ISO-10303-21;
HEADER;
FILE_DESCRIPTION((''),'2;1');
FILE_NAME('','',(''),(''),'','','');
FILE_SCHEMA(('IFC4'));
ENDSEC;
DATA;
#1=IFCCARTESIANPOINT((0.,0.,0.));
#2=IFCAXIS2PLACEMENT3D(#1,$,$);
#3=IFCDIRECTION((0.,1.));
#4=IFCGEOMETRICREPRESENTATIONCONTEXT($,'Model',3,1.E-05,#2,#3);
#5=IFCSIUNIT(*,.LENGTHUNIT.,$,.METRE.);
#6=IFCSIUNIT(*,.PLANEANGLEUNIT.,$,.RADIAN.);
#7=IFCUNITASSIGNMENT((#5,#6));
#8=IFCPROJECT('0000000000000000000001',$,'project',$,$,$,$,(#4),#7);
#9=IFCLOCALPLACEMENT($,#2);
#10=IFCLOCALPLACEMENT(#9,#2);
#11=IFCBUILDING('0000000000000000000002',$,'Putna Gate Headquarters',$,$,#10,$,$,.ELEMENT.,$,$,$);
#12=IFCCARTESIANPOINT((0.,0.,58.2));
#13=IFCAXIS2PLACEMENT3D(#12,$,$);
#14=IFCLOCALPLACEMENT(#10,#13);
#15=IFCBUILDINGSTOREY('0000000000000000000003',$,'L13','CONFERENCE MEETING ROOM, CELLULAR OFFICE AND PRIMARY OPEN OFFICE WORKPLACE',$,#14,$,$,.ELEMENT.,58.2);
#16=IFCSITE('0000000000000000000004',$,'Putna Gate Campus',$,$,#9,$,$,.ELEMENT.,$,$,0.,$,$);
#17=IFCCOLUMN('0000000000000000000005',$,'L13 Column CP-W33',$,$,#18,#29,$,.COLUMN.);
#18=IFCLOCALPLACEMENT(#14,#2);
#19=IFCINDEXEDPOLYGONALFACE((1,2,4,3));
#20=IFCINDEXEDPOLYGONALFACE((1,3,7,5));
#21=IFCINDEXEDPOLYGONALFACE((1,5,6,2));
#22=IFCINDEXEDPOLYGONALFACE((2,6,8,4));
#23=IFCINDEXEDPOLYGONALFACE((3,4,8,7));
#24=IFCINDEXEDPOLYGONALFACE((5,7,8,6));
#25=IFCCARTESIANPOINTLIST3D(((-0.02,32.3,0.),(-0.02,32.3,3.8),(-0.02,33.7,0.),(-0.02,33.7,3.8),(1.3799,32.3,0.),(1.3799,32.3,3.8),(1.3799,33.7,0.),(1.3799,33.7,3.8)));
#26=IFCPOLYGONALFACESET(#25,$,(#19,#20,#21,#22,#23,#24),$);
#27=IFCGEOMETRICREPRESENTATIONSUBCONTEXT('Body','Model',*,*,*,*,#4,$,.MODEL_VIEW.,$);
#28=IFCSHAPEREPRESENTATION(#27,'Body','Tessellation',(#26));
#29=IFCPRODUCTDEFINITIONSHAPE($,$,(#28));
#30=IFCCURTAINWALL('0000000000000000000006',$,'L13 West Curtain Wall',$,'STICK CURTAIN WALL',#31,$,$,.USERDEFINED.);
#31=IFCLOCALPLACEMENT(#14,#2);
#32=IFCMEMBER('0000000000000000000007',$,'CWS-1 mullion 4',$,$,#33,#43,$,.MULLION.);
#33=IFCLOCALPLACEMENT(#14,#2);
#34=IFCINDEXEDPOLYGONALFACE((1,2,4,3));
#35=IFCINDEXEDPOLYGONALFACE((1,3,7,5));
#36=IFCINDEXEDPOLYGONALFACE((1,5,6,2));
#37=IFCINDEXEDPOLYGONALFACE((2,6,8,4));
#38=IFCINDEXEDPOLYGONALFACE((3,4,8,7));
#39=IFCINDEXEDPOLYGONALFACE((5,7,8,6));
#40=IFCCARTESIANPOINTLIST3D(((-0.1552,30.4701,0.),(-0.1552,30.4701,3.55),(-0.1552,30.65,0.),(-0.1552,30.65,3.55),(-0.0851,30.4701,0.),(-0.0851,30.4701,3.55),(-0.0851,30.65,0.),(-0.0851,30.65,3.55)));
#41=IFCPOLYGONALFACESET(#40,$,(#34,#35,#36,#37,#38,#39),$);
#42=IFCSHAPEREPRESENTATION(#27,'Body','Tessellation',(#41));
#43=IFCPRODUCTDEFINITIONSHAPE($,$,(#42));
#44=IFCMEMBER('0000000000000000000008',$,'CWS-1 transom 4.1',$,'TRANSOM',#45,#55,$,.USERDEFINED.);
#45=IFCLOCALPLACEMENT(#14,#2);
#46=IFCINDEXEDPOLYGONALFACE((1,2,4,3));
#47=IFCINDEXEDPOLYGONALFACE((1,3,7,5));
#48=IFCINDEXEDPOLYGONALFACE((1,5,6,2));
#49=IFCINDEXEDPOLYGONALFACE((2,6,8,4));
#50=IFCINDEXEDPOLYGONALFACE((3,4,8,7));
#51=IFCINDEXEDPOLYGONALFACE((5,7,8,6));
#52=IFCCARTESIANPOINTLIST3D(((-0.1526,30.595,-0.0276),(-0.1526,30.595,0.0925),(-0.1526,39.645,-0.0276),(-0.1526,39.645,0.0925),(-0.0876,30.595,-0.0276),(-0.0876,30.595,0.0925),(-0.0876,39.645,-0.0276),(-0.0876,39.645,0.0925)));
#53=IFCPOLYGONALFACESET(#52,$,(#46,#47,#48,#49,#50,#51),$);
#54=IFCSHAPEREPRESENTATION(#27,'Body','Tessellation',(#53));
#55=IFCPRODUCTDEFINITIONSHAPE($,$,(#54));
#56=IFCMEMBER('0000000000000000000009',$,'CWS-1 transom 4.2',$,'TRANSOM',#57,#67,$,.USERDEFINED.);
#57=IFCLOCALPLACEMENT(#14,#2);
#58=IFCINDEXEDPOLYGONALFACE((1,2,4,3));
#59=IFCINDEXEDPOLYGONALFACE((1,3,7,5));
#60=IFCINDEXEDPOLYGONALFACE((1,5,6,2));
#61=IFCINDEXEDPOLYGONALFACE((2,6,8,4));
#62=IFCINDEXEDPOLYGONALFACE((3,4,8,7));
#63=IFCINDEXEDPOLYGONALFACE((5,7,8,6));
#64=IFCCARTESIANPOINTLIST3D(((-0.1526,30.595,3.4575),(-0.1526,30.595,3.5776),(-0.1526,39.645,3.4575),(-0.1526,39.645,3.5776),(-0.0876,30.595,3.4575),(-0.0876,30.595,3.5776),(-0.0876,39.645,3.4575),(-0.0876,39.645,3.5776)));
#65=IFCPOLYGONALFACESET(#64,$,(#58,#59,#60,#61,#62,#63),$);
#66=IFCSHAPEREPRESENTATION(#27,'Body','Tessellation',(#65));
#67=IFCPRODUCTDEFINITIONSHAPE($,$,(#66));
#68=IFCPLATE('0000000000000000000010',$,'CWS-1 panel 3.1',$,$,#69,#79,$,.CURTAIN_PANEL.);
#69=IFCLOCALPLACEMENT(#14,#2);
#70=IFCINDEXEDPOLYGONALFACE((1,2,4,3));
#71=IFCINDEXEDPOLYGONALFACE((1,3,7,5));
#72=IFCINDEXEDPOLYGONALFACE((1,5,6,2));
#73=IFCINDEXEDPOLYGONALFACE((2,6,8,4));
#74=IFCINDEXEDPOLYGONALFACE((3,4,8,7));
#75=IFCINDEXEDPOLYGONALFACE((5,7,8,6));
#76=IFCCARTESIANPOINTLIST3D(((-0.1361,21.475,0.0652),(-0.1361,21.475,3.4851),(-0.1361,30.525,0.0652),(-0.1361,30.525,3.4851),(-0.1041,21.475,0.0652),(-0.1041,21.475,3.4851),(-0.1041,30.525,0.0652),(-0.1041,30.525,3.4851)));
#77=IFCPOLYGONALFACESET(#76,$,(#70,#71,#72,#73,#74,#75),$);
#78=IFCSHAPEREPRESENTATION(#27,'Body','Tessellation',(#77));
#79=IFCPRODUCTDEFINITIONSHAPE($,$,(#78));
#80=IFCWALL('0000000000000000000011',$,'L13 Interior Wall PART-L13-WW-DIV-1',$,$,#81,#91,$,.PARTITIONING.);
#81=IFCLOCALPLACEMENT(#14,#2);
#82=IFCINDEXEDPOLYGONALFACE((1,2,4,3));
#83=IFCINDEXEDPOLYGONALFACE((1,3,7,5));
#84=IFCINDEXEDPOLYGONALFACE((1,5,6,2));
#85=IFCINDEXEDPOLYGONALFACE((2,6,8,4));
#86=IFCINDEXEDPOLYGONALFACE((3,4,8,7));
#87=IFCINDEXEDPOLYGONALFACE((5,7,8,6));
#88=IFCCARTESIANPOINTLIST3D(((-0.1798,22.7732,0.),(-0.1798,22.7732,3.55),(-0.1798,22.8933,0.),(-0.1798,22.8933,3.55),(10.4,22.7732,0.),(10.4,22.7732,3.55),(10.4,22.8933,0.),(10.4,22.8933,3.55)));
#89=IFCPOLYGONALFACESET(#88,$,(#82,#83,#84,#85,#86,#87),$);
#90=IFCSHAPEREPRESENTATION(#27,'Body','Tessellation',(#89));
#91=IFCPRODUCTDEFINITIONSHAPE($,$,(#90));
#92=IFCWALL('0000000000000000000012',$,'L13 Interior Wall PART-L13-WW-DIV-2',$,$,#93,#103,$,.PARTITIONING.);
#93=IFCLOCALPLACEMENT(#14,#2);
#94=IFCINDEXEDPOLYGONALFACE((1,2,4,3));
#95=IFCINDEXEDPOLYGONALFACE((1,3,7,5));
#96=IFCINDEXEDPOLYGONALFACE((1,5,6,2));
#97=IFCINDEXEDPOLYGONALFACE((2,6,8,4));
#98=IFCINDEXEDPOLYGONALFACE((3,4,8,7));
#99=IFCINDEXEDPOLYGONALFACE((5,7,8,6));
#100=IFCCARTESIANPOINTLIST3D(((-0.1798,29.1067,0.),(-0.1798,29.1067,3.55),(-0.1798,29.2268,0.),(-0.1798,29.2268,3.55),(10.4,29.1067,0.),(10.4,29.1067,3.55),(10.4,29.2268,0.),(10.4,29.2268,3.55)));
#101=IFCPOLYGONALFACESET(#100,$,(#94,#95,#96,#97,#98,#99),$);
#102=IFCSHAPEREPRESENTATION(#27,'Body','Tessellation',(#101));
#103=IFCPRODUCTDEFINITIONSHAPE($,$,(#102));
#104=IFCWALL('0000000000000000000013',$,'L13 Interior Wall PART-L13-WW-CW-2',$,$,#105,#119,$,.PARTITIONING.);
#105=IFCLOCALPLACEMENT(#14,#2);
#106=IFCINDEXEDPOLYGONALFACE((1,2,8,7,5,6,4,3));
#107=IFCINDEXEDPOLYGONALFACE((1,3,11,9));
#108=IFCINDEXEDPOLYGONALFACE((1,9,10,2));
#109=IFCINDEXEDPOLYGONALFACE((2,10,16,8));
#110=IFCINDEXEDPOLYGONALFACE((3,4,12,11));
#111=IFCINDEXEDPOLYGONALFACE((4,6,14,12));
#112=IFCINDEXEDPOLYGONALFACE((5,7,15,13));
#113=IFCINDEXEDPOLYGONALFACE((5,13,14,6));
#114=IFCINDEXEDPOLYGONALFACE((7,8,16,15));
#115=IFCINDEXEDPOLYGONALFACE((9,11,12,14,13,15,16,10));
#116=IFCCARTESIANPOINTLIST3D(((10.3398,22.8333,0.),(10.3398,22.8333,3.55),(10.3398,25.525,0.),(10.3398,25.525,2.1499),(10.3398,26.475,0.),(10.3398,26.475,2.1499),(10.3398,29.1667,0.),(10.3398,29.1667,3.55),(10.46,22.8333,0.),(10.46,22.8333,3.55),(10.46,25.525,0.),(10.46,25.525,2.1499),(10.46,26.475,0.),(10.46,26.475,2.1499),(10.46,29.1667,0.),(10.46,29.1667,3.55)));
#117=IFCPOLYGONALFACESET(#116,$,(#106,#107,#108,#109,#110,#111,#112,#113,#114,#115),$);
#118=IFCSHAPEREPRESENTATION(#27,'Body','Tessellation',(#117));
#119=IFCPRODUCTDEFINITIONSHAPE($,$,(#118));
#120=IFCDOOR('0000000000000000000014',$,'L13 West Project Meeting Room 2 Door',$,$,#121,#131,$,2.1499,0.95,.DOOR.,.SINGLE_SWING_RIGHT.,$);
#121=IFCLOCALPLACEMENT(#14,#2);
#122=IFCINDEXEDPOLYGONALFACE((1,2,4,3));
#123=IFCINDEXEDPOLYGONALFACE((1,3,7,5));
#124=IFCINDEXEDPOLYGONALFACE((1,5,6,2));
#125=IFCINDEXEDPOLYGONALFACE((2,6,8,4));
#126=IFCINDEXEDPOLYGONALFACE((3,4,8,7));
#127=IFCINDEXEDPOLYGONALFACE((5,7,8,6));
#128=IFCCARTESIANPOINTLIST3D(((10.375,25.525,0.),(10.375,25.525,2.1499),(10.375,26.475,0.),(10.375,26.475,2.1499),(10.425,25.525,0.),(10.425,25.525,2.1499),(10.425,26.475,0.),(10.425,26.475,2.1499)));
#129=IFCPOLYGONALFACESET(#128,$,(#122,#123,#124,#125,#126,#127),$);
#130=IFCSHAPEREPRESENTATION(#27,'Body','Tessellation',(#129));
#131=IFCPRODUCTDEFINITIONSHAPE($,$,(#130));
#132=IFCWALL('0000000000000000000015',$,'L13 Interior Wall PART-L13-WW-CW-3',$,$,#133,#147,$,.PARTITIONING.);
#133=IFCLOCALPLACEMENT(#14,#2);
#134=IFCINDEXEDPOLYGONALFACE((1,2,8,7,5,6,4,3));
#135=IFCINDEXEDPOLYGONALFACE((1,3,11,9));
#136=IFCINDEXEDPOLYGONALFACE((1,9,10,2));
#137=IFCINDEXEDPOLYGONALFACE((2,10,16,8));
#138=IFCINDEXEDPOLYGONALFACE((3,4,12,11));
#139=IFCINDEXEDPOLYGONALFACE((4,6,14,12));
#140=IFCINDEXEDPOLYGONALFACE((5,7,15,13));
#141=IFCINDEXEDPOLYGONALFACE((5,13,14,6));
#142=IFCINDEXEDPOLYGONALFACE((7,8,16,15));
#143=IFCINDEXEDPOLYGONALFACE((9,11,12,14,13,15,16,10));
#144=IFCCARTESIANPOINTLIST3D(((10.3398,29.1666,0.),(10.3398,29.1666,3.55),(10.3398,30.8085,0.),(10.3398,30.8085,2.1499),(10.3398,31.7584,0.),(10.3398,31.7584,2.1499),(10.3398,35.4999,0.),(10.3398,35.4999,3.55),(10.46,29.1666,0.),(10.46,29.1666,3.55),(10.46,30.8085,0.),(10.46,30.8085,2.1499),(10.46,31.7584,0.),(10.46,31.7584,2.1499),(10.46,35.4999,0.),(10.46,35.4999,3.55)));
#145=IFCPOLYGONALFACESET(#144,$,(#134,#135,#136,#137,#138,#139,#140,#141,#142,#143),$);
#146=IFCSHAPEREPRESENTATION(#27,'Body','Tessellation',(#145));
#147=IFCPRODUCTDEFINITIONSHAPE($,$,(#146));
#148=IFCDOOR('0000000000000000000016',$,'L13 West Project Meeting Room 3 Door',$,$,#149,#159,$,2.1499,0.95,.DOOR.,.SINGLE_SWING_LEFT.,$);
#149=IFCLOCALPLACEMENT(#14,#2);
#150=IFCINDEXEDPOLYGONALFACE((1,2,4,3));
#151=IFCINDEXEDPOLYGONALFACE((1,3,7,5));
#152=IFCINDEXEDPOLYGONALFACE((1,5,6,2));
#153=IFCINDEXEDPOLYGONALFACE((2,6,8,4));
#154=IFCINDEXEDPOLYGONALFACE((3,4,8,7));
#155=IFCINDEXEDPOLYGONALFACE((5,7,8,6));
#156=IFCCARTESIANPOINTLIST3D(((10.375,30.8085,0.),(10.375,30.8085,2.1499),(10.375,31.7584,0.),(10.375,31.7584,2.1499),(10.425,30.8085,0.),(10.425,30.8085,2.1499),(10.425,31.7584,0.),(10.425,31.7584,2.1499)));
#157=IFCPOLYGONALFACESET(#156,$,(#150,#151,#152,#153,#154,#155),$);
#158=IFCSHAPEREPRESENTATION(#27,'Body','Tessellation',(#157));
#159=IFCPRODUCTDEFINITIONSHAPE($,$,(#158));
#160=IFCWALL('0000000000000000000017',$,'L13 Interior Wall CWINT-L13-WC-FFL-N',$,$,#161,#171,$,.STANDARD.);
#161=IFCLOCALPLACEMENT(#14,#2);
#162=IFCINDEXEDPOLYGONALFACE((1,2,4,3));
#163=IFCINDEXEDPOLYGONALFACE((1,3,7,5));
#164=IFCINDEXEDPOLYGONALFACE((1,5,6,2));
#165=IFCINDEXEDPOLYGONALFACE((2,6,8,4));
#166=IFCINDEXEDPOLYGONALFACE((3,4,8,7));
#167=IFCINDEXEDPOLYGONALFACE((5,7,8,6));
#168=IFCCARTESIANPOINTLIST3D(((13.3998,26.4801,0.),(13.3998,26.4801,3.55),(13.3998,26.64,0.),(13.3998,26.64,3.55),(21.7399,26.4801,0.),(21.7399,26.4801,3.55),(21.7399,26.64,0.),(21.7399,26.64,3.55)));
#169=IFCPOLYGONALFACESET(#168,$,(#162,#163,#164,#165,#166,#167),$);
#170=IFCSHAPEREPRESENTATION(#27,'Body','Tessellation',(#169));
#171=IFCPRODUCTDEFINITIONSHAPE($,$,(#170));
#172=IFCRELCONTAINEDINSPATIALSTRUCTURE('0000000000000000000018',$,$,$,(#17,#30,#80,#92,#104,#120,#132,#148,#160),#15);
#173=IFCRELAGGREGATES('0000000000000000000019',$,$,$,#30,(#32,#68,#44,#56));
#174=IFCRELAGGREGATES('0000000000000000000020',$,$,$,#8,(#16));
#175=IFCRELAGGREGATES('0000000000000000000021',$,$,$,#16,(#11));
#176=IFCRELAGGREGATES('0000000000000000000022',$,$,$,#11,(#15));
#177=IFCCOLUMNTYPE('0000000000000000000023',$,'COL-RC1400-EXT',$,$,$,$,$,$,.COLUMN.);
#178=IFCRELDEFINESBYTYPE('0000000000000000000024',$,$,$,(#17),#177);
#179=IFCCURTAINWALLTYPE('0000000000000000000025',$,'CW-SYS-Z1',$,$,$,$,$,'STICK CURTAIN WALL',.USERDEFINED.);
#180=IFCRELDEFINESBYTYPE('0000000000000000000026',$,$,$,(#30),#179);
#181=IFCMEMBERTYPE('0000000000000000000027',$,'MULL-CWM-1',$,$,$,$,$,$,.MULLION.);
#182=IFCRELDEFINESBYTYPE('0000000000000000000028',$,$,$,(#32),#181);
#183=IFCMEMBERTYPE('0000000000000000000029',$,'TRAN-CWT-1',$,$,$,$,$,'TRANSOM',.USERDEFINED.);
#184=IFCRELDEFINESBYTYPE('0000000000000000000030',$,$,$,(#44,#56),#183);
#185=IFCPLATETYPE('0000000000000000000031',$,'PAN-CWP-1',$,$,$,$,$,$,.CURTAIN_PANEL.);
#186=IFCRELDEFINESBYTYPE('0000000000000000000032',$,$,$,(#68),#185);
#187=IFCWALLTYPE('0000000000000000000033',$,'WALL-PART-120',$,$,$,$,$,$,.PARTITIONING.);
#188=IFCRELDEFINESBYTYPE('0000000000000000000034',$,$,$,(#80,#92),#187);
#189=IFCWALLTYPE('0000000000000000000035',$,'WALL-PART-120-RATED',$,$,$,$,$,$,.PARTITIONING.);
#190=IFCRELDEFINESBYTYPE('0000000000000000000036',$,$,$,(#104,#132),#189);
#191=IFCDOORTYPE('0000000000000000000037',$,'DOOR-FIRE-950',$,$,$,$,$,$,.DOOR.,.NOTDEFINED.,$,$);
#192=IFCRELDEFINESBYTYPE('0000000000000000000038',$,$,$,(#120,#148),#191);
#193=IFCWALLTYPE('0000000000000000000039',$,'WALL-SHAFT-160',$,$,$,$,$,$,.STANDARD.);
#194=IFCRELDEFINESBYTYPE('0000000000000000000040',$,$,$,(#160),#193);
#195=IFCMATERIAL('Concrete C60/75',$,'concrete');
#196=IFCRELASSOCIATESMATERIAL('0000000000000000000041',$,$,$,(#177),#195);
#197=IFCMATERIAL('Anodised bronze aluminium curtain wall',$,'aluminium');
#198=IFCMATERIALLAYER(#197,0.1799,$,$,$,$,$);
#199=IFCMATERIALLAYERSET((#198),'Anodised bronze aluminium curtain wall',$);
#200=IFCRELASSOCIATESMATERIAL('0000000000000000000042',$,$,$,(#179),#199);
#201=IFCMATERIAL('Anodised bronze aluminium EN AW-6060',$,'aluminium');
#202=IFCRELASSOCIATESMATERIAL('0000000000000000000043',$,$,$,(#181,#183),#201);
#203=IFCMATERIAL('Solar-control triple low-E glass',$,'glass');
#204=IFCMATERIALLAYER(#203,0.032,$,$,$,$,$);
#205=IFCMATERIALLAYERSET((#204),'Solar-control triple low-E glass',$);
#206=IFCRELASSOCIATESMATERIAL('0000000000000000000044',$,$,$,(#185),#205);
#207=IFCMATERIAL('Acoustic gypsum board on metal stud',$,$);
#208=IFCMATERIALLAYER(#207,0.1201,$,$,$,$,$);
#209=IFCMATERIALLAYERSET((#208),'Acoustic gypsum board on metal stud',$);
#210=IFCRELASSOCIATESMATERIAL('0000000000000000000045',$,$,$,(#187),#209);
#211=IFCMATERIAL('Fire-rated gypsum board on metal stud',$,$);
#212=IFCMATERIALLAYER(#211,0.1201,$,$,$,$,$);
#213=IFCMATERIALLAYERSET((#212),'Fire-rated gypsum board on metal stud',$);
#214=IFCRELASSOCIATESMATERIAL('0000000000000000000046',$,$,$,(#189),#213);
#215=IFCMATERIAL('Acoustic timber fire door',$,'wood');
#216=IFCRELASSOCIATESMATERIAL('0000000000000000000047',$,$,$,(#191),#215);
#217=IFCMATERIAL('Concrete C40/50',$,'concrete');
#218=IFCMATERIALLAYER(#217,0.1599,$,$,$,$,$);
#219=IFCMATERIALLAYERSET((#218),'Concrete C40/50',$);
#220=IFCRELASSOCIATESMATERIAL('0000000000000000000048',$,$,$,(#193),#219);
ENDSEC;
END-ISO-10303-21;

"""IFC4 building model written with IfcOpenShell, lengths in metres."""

from ifc_helpers import new_model, si_unit, direction, frame, frame_2d, origin, origin_2d, place, context, subcontext, project, spatial, rectangle, extrude, material, layer, layer_set, material_profile, profile_set, type_object, element, fill, aggregate, save


model = new_model("IFC4")

# Units and contexts
model_context = context("Model", 3, precision=1e-05, world=origin(), true_north=direction((0.0, 1.0)))
body_context = subcontext(model_context, "Body", "Model", "MODEL_VIEW")
ifc_project = project(units=[si_unit("LENGTHUNIT", "METRE"), si_unit("PLANEANGLEUNIT", "RADIAN")], contexts=[model_context])

# Site, building, storey
site_placement = place(None, origin())
site = spatial("IfcSite", under=ifc_project, at=site_placement, Name="Putna Gate Campus", CompositionType="ELEMENT", RefElevation=0.0)
building_placement = place(site_placement, origin())
building = spatial("IfcBuilding", under=site, at=building_placement, Name="Putna Gate Headquarters", CompositionType="ELEMENT")
storey_placement = place(building_placement, frame((0.0, 0.0, 58.2)))
storey = spatial("IfcBuildingStorey", under=building, at=storey_placement, Name="L13", Description="CONFERENCE MEETING ROOM, CELLULAR OFFICE AND PRIMARY OPEN OFFICE WORKPLACE", CompositionType="ELEMENT", Elevation=58.2)

# Column
ifc_material_1 = material(Name="Concrete C60/75", Category="concrete")
ifc_material_profile_1 = material_profile(ifc_material_1, rectangle(XDim=1.3999, YDim=1.3999, at=origin_2d()), Name="Concrete C60/75")
ifc_profile_set_1 = profile_set([ifc_material_profile_1], Name="Concrete C60/75")
column_type = type_object("IfcColumnType", Name="COL-RC1400-EXT", PredefinedType="COLUMN", material=ifc_profile_set_1)
column_placement = place(storey_placement, frame((0.6799, 33.0, 0.0), z_axis=(0.0, 0.0, 1.0), x_axis=(1.0, 0.0, 0.0)))
element("IfcColumn", 1, at=column_placement, inside=storey, type_object=column_type, Name="L13 Column CP-W33", PredefinedType="COLUMN", context=body_context, shape_type="SweptSolid", body=[
    extrude(rectangle(XDim=1.3999, YDim=1.3999, at=origin_2d()), origin(), (0.0, 0.0, 1.0), 3.8),
])

# Curtain wall, members, plate
ifc_material_2 = material(Name="Anodised bronze aluminium curtain wall", Category="aluminium")
ifc_layer_1 = layer(ifc_material_2, 0.1799)
ifc_layer_set_1 = layer_set([ifc_layer_1], Name="Anodised bronze aluminium curtain wall")
curtain_wall_type = type_object("IfcCurtainWallType", Name="CW-SYS-Z1", ElementType="STICK CURTAIN WALL", PredefinedType="USERDEFINED", material=ifc_layer_set_1)
curtain_wall_placement = place(storey_placement, origin())
curtain_wall = element("IfcCurtainWall", 2, at=curtain_wall_placement, inside=storey, type_object=curtain_wall_type, Name="L13 West Curtain Wall", ObjectType="STICK CURTAIN WALL", PredefinedType="USERDEFINED")
ifc_material_3 = material(Name="Anodised bronze aluminium EN AW-6060", Category="aluminium")
ifc_material_profile_2 = material_profile(ifc_material_3, rectangle(XDim=0.0701, YDim=0.1799, at=origin_2d()), Name="Anodised bronze aluminium EN AW-6060")
ifc_profile_set_2 = profile_set([ifc_material_profile_2], Name="Anodised bronze aluminium EN AW-6060")
member_type_1 = type_object("IfcMemberType", Name="MULL-CWM-1", PredefinedType="MULLION", material=ifc_profile_set_2)
member_1_placement = place(storey_placement, frame((-0.1201, 30.5601, 0.0), z_axis=(0.0, 0.0, 1.0), x_axis=(-1.0, 0.0, 0.0)))
member_1 = element("IfcMember", 3, at=member_1_placement, type_object=member_type_1, Name="CWS-1 mullion 4", PredefinedType="MULLION", context=body_context, shape_type="SweptSolid", body=[
    extrude(rectangle(XDim=0.0701, YDim=0.1799, at=origin_2d()), origin(), (0.0, 0.0, 1.0), 3.55),
])
ifc_material_profile_3 = material_profile(ifc_material_3, rectangle(XDim=0.0649, YDim=0.1201, at=origin_2d()), Name="Anodised bronze aluminium EN AW-6060")
ifc_profile_set_3 = profile_set([ifc_material_profile_3], Name="Anodised bronze aluminium EN AW-6060")
member_type_2 = type_object("IfcMemberType", Name="TRAN-CWT-1", ElementType="TRANSOM", PredefinedType="USERDEFINED", material=ifc_profile_set_3)
member_2_placement = place(storey_placement, frame((-0.1201, 30.595, 0.0325), z_axis=(0.0, 1.0, 0.0), x_axis=(-1.0, 0.0, 0.0)))
member_2 = element("IfcMember", 4, at=member_2_placement, type_object=member_type_2, Name="CWS-1 transom 4.1", ObjectType="TRANSOM", PredefinedType="USERDEFINED", context=body_context, shape_type="SweptSolid", body=[
    extrude(rectangle(XDim=0.0649, YDim=0.1201, at=origin_2d()), origin(), (0.0, 0.0, 1.0), 9.05),
])
member_3_placement = place(storey_placement, frame((-0.1201, 30.595, 3.5176), z_axis=(0.0, 1.0, 0.0), x_axis=(-1.0, 0.0, 0.0)))
member_3 = element("IfcMember", 5, at=member_3_placement, type_object=member_type_2, Name="CWS-1 transom 4.2", ObjectType="TRANSOM", PredefinedType="USERDEFINED", context=body_context, shape_type="SweptSolid", body=[
    extrude(rectangle(XDim=0.0649, YDim=0.1201, at=origin_2d()), origin(), (0.0, 0.0, 1.0), 9.05),
])
ifc_material_4 = material(Name="Solar-control triple low-E glass", Category="glass")
ifc_layer_2 = layer(ifc_material_4, 0.032)
ifc_layer_set_2 = layer_set([ifc_layer_2], Name="Solar-control triple low-E glass")
plate_type = type_object("IfcPlateType", Name="PAN-CWP-1", PredefinedType="CURTAIN_PANEL", material=ifc_layer_set_2)
plate_placement = place(storey_placement, frame((-0.1201, 26.0, 0.0652), z_axis=(0.0, 0.0, 1.0), x_axis=(0.0, 1.0, 0.0)))
plate = element("IfcPlate", 6, at=plate_placement, type_object=plate_type, Name="CWS-1 panel 3.1", PredefinedType="CURTAIN_PANEL", context=body_context, shape_type="SweptSolid", body=[
    extrude(rectangle(XDim=9.05, YDim=0.032, at=origin_2d()), origin(), (0.0, 0.0, 1.0), 3.4199),
])
aggregate(curtain_wall, [member_1, plate, member_2, member_3])

# Walls
ifc_material_5 = material(Name="Acoustic gypsum board on metal stud")
ifc_layer_3 = layer(ifc_material_5, 0.1201)
ifc_layer_set_3 = layer_set([ifc_layer_3], Name="Acoustic gypsum board on metal stud")
wall_type_1 = type_object("IfcWallType", Name="WALL-PART-120", PredefinedType="PARTITIONING", material=ifc_layer_set_3)
for number, where, z_axis, x_axis, name in (
    (7, (-0.1799, 22.8333, 0.0), (0.0, 0.0, 1.0), (1.0, 0.0, 0.0), "L13 Interior Wall PART-L13-WW-DIV-1"),
    (8, (-0.1799, 29.1667, 0.0), (0.0, 0.0, 1.0), (1.0, 0.0, 0.0), "L13 Interior Wall PART-L13-WW-DIV-2"),
):
    element("IfcWall", number, at=place(storey_placement, frame(where, z_axis=z_axis, x_axis=x_axis)), inside=storey, type_object=wall_type_1, Name=name, PredefinedType="PARTITIONING", context=body_context, shape_type="SweptSolid", body=[
        extrude(rectangle(XDim=10.5798, YDim=0.1201, at=frame_2d((5.29, 0.0))), origin(), (0.0, 0.0, 1.0), 3.55),
    ])

# Walls, openings, doors
ifc_material_6 = material(Name="Fire-rated gypsum board on metal stud")
ifc_layer_4 = layer(ifc_material_6, 0.1201)
ifc_layer_set_4 = layer_set([ifc_layer_4], Name="Fire-rated gypsum board on metal stud")
wall_type_2 = type_object("IfcWallType", Name="WALL-PART-120-RATED", PredefinedType="PARTITIONING", material=ifc_layer_set_4)
wall_1_placement = place(storey_placement, frame((10.3999, 22.8333, 0.0), z_axis=(0.0, 0.0, 1.0), x_axis=(0.0, 1.0, 0.0)))
wall_1 = element("IfcWall", 9, at=wall_1_placement, inside=storey, type_object=wall_type_2, Name="L13 Interior Wall PART-L13-WW-CW-2", PredefinedType="PARTITIONING", context=body_context, shape_type="SweptSolid", body=[
    extrude(rectangle(XDim=6.3335, YDim=0.1201, at=frame_2d((3.1667, 0.0))), origin(), (0.0, 0.0, 1.0), 3.55),
])
opening_1_placement = place(wall_1_placement, frame((2.6917, 0.0, 0.0)))
opening_1 = element("IfcOpeningElement", 10, at=opening_1_placement, cuts=wall_1, PredefinedType="OPENING", context=body_context, shape_type="SweptSolid", body=[
    extrude(rectangle(XDim=0.95, YDim=2.1499, at=frame_2d((0.4751, 1.075))), frame((0.0, 0.0701, 0.0), z_axis=(0.0, -1.0, 0.0), x_axis=(1.0, 0.0, 0.0)), (0.0, 0.0, 1.0), 0.1401),
])
ifc_material_7 = material(Name="Acoustic timber fire door", Category="wood")
door_type_1 = type_object("IfcDoorType", Name="DOOR-FIRE-950", OperationType="NOTDEFINED", PredefinedType="DOOR", material=ifc_material_7)
door_1_placement = place(opening_1_placement, origin())
door_1 = element("IfcDoor", 11, at=door_1_placement, inside=storey, type_object=door_type_1, Name="L13 West Project Meeting Room 2 Door", OperationType="SINGLE_SWING_RIGHT", OverallHeight=2.1499, OverallWidth=0.95, PredefinedType="DOOR", context=body_context, shape_type="SweptSolid", body=[
    extrude(rectangle(XDim=0.95, YDim=2.1499, at=frame_2d((0.4751, 1.075))), frame((0.0, 0.0249, 0.0), z_axis=(0.0, -1.0, 0.0), x_axis=(1.0, 0.0, 0.0)), (0.0, 0.0, 1.0), 0.05),
])
fill(opening_1, door_1)
wall_2_placement = place(storey_placement, frame((10.3999, 29.1667, 0.0), z_axis=(0.0, 0.0, 1.0), x_axis=(0.0, 1.0, 0.0)))
wall_2 = element("IfcWall", 12, at=wall_2_placement, inside=storey, type_object=wall_type_2, Name="L13 Interior Wall PART-L13-WW-CW-3", PredefinedType="PARTITIONING", context=body_context, shape_type="SweptSolid", body=[
    extrude(rectangle(XDim=6.3333, YDim=0.1201, at=frame_2d((3.1665, 0.0))), origin(), (0.0, 0.0, 1.0), 3.55),
])
opening_2_placement = place(wall_2_placement, frame((1.6416, 0.0, 0.0)))
opening_2 = element("IfcOpeningElement", 13, at=opening_2_placement, cuts=wall_2, PredefinedType="OPENING", context=body_context, shape_type="SweptSolid", body=[
    extrude(rectangle(XDim=0.95, YDim=2.1499, at=frame_2d((0.4751, 1.075))), frame((0.0, 0.0701, 0.0), z_axis=(0.0, -1.0, 0.0), x_axis=(1.0, 0.0, 0.0)), (0.0, 0.0, 1.0), 0.1401),
])
door_2_placement = place(opening_2_placement, origin())
door_2 = element("IfcDoor", 14, at=door_2_placement, inside=storey, type_object=door_type_1, Name="L13 West Project Meeting Room 3 Door", OperationType="SINGLE_SWING_LEFT", OverallHeight=2.1499, OverallWidth=0.95, PredefinedType="DOOR", context=body_context, shape_type="SweptSolid", body=[
    extrude(rectangle(XDim=0.95, YDim=2.1499, at=frame_2d((0.4751, 1.075))), frame((0.0, 0.0249, 0.0), z_axis=(0.0, -1.0, 0.0), x_axis=(1.0, 0.0, 0.0)), (0.0, 0.0, 1.0), 0.05),
])
fill(opening_2, door_2)

# Wall
ifc_material_8 = material(Name="Concrete C40/50", Category="concrete")
ifc_layer_5 = layer(ifc_material_8, 0.1599)
ifc_layer_set_5 = layer_set([ifc_layer_5], Name="Concrete C40/50")
wall_type_3 = type_object("IfcWallType", Name="WALL-SHAFT-160", PredefinedType="STANDARD", material=ifc_layer_set_5)
wall_3_placement = place(storey_placement, frame((13.3999, 26.5601, 0.0), z_axis=(0.0, 0.0, 1.0), x_axis=(1.0, 0.0, 0.0)))
element("IfcWall", 15, at=wall_3_placement, inside=storey, type_object=wall_type_3, Name="L13 Interior Wall CWINT-L13-WC-FFL-N", PredefinedType="STANDARD", context=body_context, shape_type="SweptSolid", body=[
    extrude(rectangle(XDim=8.3401, YDim=0.1599, at=frame_2d((4.1699, 0.0))), origin(), (0.0, 0.0, 1.0), 3.55),
])

save(model, "model.ifc")
